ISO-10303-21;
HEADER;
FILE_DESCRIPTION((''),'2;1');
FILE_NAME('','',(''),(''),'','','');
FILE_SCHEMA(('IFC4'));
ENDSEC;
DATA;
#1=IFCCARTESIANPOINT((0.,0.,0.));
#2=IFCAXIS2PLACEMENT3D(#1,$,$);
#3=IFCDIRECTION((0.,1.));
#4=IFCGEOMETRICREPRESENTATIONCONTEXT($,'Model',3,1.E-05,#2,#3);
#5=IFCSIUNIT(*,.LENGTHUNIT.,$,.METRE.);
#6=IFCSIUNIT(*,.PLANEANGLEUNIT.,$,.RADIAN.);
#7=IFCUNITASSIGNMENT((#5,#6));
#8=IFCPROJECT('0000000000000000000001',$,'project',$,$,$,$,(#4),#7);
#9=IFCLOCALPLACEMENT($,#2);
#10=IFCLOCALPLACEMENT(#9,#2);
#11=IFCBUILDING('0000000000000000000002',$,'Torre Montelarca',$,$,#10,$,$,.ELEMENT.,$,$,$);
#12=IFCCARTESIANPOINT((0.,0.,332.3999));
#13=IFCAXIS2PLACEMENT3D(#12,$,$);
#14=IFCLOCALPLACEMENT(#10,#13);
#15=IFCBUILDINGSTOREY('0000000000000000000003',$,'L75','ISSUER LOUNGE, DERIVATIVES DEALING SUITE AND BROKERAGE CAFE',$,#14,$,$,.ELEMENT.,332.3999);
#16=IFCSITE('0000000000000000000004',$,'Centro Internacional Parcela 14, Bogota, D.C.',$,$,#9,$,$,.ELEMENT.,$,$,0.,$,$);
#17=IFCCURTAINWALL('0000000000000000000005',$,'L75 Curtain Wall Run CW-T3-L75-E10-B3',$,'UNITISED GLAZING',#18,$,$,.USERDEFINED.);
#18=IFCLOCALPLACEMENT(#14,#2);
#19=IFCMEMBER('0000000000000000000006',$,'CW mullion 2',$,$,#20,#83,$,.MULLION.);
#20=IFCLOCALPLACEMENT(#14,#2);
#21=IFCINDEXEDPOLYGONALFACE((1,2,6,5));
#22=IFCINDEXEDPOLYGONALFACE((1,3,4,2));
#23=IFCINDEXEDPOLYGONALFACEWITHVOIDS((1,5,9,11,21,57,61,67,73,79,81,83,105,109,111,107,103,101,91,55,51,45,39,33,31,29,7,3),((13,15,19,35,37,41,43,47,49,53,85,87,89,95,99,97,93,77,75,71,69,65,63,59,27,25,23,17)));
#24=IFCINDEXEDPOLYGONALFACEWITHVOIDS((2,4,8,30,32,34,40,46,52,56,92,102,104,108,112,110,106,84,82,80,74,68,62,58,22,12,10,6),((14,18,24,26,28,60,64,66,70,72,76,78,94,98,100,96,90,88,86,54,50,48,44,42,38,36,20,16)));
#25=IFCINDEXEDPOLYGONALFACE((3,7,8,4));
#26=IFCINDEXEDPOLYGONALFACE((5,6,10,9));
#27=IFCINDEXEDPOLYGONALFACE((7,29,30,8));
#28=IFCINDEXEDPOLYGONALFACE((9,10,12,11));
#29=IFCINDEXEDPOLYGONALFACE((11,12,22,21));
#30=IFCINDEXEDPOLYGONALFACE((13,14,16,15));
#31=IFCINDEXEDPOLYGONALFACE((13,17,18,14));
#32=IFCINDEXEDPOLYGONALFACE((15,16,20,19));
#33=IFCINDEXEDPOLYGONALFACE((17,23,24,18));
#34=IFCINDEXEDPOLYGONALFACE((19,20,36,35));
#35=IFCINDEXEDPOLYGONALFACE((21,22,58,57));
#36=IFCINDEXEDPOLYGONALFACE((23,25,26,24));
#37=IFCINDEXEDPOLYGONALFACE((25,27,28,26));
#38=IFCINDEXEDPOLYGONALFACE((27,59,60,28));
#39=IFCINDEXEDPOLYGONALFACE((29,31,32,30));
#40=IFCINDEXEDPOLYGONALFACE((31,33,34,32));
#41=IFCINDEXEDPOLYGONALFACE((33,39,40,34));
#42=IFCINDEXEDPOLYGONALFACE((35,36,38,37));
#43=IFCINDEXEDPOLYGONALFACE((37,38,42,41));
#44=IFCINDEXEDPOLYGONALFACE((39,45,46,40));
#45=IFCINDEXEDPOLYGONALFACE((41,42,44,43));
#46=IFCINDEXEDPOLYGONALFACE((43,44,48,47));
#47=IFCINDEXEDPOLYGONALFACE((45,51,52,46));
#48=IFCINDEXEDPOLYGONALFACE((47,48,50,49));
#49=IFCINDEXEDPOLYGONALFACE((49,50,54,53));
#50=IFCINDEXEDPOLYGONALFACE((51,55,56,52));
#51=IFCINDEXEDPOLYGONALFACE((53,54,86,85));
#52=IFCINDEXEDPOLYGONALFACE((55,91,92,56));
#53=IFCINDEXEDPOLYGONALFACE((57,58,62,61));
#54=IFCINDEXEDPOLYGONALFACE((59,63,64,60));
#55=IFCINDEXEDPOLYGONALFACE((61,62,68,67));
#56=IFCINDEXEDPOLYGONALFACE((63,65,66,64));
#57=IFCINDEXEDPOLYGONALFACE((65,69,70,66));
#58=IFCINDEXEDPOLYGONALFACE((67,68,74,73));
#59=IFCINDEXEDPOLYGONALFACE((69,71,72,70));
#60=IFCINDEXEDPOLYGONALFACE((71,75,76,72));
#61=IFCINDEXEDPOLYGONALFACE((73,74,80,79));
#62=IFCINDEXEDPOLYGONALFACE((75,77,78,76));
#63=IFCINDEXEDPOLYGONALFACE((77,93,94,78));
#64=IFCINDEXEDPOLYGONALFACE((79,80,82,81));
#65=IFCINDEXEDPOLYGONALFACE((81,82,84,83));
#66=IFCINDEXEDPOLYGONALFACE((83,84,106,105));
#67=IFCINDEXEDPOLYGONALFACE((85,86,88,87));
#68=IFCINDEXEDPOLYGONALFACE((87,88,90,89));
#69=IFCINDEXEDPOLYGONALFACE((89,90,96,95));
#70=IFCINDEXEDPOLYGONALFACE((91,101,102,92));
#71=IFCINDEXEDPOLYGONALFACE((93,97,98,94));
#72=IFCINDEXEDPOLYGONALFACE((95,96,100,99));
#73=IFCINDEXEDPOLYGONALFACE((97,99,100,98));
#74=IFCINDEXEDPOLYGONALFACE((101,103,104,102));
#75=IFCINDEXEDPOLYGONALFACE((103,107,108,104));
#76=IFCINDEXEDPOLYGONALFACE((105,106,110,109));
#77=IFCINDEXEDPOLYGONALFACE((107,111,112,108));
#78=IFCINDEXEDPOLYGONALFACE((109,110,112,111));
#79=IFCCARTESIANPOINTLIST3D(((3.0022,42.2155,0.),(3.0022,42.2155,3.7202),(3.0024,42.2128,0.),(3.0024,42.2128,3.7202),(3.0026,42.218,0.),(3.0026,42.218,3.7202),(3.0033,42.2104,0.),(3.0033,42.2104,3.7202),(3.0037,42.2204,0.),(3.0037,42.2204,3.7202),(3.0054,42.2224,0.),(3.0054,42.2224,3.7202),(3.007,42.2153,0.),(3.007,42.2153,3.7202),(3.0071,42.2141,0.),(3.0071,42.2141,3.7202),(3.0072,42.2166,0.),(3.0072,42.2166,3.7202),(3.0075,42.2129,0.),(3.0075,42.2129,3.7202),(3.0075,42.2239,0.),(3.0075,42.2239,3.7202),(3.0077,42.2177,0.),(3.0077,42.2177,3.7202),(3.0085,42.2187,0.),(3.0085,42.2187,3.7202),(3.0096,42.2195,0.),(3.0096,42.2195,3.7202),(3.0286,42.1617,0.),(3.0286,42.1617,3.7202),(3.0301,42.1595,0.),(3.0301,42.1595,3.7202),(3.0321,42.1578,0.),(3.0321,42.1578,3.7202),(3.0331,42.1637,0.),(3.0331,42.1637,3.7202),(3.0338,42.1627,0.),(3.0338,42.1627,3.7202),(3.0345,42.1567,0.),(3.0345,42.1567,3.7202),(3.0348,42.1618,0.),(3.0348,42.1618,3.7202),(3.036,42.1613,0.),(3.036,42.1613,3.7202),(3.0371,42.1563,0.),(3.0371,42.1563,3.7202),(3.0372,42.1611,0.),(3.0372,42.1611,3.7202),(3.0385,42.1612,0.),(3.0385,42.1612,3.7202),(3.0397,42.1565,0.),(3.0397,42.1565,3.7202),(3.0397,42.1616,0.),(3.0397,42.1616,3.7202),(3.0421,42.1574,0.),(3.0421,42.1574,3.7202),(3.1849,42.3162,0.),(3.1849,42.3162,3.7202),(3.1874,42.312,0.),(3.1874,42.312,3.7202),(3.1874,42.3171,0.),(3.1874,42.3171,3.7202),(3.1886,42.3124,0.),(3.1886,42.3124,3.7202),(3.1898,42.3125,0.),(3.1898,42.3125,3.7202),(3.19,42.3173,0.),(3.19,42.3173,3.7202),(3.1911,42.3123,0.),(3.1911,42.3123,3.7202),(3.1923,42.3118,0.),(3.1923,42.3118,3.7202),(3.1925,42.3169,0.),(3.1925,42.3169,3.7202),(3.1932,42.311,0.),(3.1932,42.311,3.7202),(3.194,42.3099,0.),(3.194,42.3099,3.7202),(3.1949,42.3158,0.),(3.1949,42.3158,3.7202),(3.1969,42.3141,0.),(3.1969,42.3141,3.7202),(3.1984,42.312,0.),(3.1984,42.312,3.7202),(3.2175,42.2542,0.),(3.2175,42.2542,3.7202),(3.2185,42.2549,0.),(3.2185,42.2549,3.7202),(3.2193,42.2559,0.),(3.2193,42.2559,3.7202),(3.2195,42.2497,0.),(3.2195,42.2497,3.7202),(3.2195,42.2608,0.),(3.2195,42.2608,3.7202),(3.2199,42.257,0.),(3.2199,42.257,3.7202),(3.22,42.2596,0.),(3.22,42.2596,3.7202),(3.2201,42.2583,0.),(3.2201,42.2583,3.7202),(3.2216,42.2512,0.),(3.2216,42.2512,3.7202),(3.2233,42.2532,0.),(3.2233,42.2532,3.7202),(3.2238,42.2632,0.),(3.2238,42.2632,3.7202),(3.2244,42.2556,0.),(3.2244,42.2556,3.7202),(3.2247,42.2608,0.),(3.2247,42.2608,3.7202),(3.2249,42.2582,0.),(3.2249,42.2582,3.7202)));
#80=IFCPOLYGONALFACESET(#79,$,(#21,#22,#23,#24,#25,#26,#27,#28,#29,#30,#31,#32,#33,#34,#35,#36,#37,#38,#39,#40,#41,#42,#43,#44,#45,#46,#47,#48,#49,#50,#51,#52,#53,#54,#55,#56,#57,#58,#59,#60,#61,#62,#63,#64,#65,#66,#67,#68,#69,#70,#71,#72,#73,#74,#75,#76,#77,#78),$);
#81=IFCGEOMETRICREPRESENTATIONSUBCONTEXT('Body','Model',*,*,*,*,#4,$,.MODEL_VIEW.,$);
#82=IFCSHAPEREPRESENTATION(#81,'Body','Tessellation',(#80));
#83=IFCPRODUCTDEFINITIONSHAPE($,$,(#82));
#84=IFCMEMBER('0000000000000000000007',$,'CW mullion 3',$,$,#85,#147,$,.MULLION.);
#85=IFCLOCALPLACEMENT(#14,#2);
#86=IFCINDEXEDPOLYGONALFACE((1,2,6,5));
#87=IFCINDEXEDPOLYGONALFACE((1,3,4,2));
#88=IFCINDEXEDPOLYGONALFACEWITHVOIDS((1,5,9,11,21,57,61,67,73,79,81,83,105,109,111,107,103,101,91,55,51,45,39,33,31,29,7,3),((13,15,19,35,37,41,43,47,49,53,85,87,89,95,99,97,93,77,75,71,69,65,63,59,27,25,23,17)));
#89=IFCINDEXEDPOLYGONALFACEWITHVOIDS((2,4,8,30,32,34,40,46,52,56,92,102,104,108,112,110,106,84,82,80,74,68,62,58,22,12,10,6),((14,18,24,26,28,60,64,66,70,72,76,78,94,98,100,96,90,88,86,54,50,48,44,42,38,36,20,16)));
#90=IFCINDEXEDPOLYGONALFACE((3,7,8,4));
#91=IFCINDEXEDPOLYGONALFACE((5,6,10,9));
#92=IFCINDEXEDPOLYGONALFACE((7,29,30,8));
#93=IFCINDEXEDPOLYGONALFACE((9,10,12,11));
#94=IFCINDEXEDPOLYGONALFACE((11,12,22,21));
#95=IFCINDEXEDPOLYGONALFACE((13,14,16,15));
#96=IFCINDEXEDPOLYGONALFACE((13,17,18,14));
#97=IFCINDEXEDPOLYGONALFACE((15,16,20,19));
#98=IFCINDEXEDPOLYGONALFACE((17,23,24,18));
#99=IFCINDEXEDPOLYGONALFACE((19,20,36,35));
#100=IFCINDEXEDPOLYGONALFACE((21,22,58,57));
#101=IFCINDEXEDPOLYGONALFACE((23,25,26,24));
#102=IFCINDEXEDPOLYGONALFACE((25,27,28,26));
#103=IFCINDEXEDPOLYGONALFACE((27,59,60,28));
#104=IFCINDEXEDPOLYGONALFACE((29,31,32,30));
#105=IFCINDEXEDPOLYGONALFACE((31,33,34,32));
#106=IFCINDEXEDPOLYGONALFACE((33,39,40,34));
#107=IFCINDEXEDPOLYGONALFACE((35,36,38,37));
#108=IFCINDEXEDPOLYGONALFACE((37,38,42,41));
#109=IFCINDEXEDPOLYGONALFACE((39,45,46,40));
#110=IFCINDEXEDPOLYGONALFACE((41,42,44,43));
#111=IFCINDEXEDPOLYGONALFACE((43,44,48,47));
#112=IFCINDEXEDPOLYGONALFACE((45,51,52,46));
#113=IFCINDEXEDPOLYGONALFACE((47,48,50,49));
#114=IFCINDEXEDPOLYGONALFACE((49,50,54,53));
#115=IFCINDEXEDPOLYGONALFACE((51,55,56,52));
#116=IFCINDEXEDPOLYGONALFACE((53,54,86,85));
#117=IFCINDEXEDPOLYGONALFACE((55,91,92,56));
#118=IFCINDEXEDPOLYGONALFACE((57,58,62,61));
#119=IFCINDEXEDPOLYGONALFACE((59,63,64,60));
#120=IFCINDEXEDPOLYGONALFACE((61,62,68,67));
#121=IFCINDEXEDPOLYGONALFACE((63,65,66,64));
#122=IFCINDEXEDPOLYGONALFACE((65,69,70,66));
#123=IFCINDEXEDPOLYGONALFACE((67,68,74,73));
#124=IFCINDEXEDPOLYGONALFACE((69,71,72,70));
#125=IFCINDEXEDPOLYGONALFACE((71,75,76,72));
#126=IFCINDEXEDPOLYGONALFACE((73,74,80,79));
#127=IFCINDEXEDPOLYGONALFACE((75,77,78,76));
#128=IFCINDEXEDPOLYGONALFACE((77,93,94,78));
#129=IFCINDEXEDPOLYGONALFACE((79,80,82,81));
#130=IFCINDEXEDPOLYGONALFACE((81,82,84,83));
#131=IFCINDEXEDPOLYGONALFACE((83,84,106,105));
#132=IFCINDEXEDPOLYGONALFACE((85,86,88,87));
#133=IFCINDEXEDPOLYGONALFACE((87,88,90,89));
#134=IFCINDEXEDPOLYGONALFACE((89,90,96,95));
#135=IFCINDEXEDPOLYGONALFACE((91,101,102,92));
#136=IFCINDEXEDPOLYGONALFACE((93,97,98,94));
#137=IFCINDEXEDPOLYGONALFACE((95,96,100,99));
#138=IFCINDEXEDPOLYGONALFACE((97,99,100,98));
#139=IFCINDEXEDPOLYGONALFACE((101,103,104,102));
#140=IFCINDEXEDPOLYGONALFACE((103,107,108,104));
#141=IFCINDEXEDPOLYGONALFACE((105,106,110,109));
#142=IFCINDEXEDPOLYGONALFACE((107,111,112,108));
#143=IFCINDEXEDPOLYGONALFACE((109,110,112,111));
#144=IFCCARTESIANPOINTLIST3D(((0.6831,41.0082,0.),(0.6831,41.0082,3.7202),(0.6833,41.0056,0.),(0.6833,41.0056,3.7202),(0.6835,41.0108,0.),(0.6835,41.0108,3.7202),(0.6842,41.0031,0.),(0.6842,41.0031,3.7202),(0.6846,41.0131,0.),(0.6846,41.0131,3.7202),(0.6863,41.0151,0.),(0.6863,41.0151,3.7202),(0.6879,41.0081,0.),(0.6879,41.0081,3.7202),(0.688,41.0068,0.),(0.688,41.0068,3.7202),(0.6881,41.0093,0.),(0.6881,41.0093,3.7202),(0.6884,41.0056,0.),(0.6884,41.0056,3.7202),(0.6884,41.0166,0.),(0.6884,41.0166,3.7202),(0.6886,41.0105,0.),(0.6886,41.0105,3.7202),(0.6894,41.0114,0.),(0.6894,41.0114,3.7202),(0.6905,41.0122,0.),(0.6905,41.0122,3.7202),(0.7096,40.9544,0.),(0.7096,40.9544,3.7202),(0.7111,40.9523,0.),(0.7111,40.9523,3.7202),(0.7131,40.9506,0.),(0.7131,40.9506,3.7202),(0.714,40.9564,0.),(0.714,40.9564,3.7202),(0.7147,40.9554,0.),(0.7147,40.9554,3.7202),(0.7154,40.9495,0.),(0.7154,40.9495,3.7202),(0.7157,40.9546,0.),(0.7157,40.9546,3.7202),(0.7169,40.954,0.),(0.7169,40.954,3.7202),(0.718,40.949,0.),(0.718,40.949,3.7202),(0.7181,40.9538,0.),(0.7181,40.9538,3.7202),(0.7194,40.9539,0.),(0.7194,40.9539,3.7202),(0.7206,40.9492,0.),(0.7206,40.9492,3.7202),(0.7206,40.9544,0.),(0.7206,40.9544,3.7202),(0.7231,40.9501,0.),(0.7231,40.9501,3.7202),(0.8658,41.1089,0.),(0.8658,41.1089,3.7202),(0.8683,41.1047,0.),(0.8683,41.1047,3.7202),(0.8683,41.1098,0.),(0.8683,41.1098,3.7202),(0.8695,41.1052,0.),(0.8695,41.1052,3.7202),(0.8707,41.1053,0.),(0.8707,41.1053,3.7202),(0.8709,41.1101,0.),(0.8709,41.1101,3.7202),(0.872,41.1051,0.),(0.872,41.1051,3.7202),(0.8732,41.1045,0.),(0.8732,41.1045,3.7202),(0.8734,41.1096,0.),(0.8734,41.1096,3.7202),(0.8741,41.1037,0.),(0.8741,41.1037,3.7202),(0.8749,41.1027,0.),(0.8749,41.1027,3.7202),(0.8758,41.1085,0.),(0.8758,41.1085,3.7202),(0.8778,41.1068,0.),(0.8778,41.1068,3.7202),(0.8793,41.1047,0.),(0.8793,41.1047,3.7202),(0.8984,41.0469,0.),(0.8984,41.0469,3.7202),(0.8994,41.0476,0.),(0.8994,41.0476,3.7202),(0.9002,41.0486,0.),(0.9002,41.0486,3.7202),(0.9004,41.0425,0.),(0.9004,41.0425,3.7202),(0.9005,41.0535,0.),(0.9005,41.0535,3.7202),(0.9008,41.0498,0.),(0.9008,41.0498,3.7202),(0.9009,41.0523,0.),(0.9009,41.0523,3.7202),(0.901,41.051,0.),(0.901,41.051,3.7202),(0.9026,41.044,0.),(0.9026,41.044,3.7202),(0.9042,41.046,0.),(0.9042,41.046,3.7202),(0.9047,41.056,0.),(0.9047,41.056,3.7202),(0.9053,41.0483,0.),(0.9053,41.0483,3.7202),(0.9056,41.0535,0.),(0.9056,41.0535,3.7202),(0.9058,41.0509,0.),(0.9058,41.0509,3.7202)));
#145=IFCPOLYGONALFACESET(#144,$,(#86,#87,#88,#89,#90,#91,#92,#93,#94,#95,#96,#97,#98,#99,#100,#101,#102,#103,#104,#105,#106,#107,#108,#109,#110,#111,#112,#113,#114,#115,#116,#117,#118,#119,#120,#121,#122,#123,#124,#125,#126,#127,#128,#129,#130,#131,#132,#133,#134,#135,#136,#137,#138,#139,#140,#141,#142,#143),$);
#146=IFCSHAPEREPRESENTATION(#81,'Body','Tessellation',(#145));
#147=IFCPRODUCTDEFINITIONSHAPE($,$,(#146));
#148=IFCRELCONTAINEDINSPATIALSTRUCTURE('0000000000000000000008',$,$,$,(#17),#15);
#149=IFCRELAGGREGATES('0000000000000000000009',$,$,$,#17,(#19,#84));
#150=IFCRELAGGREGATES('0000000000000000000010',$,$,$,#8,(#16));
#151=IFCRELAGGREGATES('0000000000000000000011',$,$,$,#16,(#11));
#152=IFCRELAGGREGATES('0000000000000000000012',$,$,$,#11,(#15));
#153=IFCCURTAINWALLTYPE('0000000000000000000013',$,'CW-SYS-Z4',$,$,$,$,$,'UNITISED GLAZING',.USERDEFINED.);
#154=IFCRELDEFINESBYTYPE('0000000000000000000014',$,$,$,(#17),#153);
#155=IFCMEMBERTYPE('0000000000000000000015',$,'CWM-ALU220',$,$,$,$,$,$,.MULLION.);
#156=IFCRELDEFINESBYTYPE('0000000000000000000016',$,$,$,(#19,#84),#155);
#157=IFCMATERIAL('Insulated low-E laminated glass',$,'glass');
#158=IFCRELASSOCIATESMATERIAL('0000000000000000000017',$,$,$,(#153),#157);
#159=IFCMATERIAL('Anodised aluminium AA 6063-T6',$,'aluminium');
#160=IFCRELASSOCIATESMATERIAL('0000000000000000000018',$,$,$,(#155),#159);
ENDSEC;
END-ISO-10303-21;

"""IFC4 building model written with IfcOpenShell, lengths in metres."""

from ifc_helpers import new_model, si_unit, direction, frame, origin, origin_2d, place, context, subcontext, project, spatial, hollow_rectangle, extrude, source, transform, mapped, material, material_profile, profile_set, type_object, element, aggregate, save


model = new_model("IFC4")

# Units and contexts
model_context = context("Model", 3, precision=1e-05, world=origin(), true_north=direction((0.0, 1.0)))
body_context = subcontext(model_context, "Body", "Model", "MODEL_VIEW")
ifc_project = project(units=[si_unit("LENGTHUNIT", "METRE"), si_unit("PLANEANGLEUNIT", "RADIAN")], contexts=[model_context])

# Site, building, storey
site_placement = place(None, origin())
site = spatial("IfcSite", under=ifc_project, at=site_placement, Name="Centro Internacional Parcela 14, Bogota, D.C.", CompositionType="ELEMENT", RefElevation=0.0)
building_placement = place(site_placement, origin())
building = spatial("IfcBuilding", under=site, at=building_placement, Name="Torre Montelarca", CompositionType="ELEMENT")
storey_placement = place(building_placement, frame((0.0, 0.0, 332.3999)))
storey = spatial("IfcBuildingStorey", under=building, at=storey_placement, Name="L75", Description="ISSUER LOUNGE, DERIVATIVES DEALING SUITE AND BROKERAGE CAFE", CompositionType="ELEMENT", Elevation=332.3999)

# Curtain wall, members
ifc_material_1 = material(Name="Insulated low-E laminated glass", Category="glass")
curtain_wall_type = type_object("IfcCurtainWallType", Name="CW-SYS-Z4", ElementType="UNITISED GLAZING", PredefinedType="USERDEFINED", material=ifc_material_1)
ifc_material_2 = material(Name="Anodised aluminium AA 6063-T6", Category="aluminium")
ifc_material_profile_1 = material_profile(ifc_material_2, hollow_rectangle(XDim=0.075, YDim=0.22, WallThickness=0.0049, InnerFilletRadius=0.0049, OuterFilletRadius=0.01, at=origin_2d()), Name="ALU75X220X5", Category="aluminium")
ifc_profile_set_1 = profile_set([ifc_material_profile_1], Name="Anodised aluminium AA 6063-T6")
member_type_1 = type_object("IfcMemberType", Name="CWM-ALU220", PredefinedType="MULLION", material=ifc_profile_set_1)
shared_shape_1 = source(origin(), body_context, "Body", "SweptSolid", [
    extrude(hollow_rectangle(XDim=0.075, YDim=0.22, WallThickness=0.0049, InnerFilletRadius=0.0049, OuterFilletRadius=0.01, at=origin_2d()), origin(), (0.0, 0.0, 1.0), 3.7202),
])
curtain_wall_1_placement = place(storey_placement, origin())
curtain_wall_1 = element("IfcCurtainWall", 1, at=curtain_wall_1_placement, inside=storey, type_object=curtain_wall_type, Name="L75 Curtain Wall Run CW-T3-L75-E10-B3", ObjectType="UNITISED GLAZING", PredefinedType="USERDEFINED")
member_1_placement = place(storey_placement, frame((3.1135, 42.2368, 0.0), z_axis=(0.0, 0.0, 1.0), x_axis=(0.461739, -0.887016, 0.0)))
member_1 = element("IfcMember", 2, at=member_1_placement, type_object=member_type_1, Name="CW mullion 2", PredefinedType="MULLION", context=body_context, shape_type="MappedRepresentation", body=[
    mapped(shared_shape_1, transform((0.0, 0.0, 0.0), scale=1.0)),
])
member_2_placement = place(storey_placement, frame((0.7944, 41.0295, 0.0), z_axis=(0.0, 0.0, 1.0), x_axis=(0.461739, -0.887016, 0.0)))
member_2 = element("IfcMember", 3, at=member_2_placement, type_object=member_type_1, Name="CW mullion 3", PredefinedType="MULLION", context=body_context, shape_type="MappedRepresentation", body=[
    mapped(shared_shape_1, transform((0.0, 0.0, 0.0), scale=1.0)),
])

aggregate(curtain_wall_1, [member_1, member_2])

save(model, "model.ifc")
